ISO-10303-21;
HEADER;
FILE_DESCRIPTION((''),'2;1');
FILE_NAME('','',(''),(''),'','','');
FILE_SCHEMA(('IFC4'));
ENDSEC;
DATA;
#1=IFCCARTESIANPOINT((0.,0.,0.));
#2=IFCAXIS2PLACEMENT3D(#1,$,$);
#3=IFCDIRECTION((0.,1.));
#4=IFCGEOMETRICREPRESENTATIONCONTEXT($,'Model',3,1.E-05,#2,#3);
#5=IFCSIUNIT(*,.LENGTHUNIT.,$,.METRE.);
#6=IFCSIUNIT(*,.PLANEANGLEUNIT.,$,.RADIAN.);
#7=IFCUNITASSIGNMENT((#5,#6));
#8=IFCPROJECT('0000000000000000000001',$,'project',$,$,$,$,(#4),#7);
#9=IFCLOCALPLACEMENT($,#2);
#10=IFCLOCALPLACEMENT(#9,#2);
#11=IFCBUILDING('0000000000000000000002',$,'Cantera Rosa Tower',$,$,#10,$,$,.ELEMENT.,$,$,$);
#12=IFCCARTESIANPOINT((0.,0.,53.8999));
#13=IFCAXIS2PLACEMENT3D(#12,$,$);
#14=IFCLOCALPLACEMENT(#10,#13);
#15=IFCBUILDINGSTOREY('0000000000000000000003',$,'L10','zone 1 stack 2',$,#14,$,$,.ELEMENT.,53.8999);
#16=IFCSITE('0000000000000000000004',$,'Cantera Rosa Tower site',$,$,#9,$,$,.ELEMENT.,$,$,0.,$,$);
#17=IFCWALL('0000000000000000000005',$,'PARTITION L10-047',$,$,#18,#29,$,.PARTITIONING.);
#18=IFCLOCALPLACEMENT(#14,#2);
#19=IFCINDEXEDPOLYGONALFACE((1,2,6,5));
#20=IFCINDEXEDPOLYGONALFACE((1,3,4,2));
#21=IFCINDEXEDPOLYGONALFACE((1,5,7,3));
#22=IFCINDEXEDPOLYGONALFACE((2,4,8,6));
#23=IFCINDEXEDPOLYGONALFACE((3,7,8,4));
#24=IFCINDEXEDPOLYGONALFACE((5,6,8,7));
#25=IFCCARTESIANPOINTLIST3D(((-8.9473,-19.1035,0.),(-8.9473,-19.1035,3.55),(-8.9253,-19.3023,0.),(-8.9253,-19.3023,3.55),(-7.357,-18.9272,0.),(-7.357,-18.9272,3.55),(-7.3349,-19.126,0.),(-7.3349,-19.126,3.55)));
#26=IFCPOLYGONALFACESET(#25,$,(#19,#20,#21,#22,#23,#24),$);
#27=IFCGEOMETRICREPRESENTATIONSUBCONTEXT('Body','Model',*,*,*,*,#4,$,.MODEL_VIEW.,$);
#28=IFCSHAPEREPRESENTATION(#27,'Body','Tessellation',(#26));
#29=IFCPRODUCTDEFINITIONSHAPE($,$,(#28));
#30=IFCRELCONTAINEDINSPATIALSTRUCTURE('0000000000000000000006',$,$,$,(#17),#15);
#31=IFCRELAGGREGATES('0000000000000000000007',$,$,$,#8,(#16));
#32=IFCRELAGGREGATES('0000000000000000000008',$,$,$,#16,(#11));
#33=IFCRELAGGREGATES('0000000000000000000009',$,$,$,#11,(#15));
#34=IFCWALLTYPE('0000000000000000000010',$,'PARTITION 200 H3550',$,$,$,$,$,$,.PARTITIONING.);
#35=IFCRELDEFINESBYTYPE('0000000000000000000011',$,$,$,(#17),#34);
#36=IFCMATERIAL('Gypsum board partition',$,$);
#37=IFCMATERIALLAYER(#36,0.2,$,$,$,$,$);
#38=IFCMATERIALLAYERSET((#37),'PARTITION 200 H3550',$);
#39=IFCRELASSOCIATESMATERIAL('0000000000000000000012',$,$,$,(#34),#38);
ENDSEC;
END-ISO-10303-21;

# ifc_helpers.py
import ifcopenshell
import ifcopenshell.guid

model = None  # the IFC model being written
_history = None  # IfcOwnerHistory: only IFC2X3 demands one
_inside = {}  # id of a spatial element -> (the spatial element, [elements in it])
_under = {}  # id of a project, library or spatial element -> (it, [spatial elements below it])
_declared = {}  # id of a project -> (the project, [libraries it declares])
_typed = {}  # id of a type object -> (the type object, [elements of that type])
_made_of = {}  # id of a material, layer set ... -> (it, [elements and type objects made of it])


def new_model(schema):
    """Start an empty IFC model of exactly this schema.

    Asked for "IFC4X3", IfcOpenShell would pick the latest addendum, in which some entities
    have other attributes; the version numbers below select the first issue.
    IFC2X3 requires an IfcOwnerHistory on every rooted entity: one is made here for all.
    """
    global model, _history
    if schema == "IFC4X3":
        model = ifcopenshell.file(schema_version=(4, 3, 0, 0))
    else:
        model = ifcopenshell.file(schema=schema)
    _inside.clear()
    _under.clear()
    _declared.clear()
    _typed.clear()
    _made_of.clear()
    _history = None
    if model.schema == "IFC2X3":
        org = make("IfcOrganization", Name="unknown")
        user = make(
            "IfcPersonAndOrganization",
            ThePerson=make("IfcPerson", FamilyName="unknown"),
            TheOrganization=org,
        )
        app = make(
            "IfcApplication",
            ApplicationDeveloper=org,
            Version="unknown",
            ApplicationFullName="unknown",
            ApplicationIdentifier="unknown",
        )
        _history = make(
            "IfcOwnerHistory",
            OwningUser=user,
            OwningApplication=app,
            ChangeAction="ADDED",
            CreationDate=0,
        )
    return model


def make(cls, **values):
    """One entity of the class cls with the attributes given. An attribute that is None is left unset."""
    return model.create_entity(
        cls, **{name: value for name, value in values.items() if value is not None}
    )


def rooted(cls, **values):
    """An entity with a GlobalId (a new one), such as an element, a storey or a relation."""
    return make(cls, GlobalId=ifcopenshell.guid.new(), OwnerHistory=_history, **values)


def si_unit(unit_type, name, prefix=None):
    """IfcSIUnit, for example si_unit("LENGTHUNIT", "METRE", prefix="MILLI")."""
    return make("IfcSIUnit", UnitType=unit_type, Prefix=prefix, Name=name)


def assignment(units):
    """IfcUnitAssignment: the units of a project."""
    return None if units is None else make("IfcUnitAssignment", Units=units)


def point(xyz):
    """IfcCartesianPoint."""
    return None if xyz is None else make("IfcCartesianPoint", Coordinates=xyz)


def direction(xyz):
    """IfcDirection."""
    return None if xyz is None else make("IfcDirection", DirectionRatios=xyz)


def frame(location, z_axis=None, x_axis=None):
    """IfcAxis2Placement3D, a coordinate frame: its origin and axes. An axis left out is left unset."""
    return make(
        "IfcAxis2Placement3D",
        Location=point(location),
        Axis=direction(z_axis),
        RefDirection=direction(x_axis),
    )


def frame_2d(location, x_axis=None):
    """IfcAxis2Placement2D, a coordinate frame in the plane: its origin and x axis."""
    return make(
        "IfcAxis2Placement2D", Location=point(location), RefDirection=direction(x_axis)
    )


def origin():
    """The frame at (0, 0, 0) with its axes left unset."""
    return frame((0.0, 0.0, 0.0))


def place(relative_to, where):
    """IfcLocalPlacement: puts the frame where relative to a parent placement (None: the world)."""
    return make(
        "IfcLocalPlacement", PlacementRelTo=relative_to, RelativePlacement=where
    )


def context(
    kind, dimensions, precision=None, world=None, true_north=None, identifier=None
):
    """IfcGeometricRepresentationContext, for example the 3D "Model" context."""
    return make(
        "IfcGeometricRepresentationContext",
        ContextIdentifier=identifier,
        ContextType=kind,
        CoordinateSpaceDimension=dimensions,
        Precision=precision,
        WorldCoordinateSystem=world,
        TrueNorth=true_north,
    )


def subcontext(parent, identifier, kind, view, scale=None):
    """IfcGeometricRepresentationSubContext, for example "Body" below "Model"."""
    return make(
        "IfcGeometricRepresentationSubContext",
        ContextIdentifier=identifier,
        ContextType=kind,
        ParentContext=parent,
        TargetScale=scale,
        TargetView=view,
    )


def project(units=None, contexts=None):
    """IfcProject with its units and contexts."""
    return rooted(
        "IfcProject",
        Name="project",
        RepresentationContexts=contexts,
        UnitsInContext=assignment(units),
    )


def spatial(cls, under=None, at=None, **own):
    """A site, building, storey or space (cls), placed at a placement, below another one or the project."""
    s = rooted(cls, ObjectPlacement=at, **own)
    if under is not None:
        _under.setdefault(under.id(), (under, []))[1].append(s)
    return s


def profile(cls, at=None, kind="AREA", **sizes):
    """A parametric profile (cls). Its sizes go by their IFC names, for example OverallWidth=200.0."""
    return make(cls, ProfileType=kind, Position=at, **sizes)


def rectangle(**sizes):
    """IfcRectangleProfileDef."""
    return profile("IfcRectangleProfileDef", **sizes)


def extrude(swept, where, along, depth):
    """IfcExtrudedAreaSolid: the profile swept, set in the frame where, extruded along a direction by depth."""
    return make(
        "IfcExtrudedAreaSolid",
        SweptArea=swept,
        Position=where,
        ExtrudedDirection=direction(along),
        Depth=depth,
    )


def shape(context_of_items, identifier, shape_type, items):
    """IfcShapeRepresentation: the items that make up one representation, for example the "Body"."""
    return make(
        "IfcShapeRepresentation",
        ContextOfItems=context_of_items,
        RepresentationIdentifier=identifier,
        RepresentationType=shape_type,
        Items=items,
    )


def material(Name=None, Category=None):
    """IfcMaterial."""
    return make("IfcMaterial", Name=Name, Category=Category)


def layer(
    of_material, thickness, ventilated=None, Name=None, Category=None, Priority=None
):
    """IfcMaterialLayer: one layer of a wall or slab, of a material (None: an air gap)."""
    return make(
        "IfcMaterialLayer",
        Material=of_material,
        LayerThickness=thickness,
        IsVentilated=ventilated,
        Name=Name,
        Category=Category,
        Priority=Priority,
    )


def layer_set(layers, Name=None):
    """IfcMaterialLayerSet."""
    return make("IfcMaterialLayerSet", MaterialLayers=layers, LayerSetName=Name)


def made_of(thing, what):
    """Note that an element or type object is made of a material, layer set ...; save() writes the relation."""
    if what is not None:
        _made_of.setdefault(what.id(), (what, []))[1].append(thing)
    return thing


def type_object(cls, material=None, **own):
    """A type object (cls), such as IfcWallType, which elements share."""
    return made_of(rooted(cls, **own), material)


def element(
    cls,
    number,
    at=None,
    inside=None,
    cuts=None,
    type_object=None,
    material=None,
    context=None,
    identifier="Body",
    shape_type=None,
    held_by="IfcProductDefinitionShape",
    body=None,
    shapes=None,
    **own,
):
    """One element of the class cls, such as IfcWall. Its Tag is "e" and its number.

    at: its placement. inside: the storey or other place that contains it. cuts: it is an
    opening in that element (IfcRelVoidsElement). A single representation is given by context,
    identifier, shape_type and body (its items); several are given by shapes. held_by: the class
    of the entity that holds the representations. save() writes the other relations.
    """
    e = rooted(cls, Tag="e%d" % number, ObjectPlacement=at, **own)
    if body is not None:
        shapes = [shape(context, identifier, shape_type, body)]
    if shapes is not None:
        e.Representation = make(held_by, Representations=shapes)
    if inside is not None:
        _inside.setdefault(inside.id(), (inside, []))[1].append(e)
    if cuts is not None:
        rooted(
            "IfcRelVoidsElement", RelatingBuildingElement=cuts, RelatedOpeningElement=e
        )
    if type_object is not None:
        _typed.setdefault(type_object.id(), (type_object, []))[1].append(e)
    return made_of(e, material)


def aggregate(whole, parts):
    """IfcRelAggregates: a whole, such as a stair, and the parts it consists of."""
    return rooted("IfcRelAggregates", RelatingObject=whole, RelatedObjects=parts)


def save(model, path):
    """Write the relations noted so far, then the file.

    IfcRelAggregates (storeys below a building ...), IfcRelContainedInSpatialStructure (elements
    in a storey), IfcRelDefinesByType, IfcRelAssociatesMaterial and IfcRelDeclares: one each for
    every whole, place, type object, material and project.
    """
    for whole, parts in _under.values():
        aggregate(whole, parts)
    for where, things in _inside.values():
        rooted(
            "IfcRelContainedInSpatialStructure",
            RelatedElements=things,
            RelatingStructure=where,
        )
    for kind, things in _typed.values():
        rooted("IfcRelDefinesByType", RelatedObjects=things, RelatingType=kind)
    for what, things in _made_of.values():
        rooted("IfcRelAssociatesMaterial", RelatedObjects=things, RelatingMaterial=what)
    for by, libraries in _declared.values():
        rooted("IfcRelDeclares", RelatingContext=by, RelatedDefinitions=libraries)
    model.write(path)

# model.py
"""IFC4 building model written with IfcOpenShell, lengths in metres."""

from ifc_helpers import new_model, si_unit, direction, frame, frame_2d, origin, place, context, subcontext, project, spatial, rectangle, extrude, material, layer, layer_set, type_object, element, save


model = new_model("IFC4")

# Units and contexts
model_context = context("Model", 3, precision=1e-05, world=origin(), true_north=direction((0.0, 1.0)))
body_context = subcontext(model_context, "Body", "Model", "MODEL_VIEW")
ifc_project = project(units=[si_unit("LENGTHUNIT", "METRE"), si_unit("PLANEANGLEUNIT", "RADIAN")], contexts=[model_context])

# Site, building, storey
site_placement = place(None, origin())
site = spatial("IfcSite", under=ifc_project, at=site_placement, Name="Cantera Rosa Tower site", CompositionType="ELEMENT", RefElevation=0.0)
building_placement = place(site_placement, origin())
building = spatial("IfcBuilding", under=site, at=building_placement, Name="Cantera Rosa Tower", CompositionType="ELEMENT")
storey_placement = place(building_placement, frame((0.0, 0.0, 53.8999)))
storey = spatial("IfcBuildingStorey", under=building, at=storey_placement, Name="L10", Description="zone 1 stack 2", CompositionType="ELEMENT", Elevation=53.8999)

# Shared definitions
ifc_material_1 = material(Name="Gypsum board partition")
ifc_layer_1 = layer(ifc_material_1, 0.2)
ifc_layer_set_1 = layer_set([ifc_layer_1], Name="PARTITION 200 H3550")
wall_type_1 = type_object("IfcWallType", Name="PARTITION 200 H3550", PredefinedType="PARTITIONING", material=ifc_layer_set_1)

# Wall
wall_1_placement = place(storey_placement, frame((-7.3459, -19.0266, 0.0), z_axis=(0.0, 0.0, 1.0), x_axis=(-0.993913, -0.110164, 0.0)))
element("IfcWall", 1, at=wall_1_placement, inside=storey, type_object=wall_type_1, Name="PARTITION L10-047", PredefinedType="PARTITIONING", context=body_context, shape_type="SweptSolid", body=[
    extrude(rectangle(XDim=1.6001, YDim=0.2, at=frame_2d((0.8, 0.0))), origin(), (0.0, 0.0, 1.0), 3.55),
])

save(model, "model.ifc")
